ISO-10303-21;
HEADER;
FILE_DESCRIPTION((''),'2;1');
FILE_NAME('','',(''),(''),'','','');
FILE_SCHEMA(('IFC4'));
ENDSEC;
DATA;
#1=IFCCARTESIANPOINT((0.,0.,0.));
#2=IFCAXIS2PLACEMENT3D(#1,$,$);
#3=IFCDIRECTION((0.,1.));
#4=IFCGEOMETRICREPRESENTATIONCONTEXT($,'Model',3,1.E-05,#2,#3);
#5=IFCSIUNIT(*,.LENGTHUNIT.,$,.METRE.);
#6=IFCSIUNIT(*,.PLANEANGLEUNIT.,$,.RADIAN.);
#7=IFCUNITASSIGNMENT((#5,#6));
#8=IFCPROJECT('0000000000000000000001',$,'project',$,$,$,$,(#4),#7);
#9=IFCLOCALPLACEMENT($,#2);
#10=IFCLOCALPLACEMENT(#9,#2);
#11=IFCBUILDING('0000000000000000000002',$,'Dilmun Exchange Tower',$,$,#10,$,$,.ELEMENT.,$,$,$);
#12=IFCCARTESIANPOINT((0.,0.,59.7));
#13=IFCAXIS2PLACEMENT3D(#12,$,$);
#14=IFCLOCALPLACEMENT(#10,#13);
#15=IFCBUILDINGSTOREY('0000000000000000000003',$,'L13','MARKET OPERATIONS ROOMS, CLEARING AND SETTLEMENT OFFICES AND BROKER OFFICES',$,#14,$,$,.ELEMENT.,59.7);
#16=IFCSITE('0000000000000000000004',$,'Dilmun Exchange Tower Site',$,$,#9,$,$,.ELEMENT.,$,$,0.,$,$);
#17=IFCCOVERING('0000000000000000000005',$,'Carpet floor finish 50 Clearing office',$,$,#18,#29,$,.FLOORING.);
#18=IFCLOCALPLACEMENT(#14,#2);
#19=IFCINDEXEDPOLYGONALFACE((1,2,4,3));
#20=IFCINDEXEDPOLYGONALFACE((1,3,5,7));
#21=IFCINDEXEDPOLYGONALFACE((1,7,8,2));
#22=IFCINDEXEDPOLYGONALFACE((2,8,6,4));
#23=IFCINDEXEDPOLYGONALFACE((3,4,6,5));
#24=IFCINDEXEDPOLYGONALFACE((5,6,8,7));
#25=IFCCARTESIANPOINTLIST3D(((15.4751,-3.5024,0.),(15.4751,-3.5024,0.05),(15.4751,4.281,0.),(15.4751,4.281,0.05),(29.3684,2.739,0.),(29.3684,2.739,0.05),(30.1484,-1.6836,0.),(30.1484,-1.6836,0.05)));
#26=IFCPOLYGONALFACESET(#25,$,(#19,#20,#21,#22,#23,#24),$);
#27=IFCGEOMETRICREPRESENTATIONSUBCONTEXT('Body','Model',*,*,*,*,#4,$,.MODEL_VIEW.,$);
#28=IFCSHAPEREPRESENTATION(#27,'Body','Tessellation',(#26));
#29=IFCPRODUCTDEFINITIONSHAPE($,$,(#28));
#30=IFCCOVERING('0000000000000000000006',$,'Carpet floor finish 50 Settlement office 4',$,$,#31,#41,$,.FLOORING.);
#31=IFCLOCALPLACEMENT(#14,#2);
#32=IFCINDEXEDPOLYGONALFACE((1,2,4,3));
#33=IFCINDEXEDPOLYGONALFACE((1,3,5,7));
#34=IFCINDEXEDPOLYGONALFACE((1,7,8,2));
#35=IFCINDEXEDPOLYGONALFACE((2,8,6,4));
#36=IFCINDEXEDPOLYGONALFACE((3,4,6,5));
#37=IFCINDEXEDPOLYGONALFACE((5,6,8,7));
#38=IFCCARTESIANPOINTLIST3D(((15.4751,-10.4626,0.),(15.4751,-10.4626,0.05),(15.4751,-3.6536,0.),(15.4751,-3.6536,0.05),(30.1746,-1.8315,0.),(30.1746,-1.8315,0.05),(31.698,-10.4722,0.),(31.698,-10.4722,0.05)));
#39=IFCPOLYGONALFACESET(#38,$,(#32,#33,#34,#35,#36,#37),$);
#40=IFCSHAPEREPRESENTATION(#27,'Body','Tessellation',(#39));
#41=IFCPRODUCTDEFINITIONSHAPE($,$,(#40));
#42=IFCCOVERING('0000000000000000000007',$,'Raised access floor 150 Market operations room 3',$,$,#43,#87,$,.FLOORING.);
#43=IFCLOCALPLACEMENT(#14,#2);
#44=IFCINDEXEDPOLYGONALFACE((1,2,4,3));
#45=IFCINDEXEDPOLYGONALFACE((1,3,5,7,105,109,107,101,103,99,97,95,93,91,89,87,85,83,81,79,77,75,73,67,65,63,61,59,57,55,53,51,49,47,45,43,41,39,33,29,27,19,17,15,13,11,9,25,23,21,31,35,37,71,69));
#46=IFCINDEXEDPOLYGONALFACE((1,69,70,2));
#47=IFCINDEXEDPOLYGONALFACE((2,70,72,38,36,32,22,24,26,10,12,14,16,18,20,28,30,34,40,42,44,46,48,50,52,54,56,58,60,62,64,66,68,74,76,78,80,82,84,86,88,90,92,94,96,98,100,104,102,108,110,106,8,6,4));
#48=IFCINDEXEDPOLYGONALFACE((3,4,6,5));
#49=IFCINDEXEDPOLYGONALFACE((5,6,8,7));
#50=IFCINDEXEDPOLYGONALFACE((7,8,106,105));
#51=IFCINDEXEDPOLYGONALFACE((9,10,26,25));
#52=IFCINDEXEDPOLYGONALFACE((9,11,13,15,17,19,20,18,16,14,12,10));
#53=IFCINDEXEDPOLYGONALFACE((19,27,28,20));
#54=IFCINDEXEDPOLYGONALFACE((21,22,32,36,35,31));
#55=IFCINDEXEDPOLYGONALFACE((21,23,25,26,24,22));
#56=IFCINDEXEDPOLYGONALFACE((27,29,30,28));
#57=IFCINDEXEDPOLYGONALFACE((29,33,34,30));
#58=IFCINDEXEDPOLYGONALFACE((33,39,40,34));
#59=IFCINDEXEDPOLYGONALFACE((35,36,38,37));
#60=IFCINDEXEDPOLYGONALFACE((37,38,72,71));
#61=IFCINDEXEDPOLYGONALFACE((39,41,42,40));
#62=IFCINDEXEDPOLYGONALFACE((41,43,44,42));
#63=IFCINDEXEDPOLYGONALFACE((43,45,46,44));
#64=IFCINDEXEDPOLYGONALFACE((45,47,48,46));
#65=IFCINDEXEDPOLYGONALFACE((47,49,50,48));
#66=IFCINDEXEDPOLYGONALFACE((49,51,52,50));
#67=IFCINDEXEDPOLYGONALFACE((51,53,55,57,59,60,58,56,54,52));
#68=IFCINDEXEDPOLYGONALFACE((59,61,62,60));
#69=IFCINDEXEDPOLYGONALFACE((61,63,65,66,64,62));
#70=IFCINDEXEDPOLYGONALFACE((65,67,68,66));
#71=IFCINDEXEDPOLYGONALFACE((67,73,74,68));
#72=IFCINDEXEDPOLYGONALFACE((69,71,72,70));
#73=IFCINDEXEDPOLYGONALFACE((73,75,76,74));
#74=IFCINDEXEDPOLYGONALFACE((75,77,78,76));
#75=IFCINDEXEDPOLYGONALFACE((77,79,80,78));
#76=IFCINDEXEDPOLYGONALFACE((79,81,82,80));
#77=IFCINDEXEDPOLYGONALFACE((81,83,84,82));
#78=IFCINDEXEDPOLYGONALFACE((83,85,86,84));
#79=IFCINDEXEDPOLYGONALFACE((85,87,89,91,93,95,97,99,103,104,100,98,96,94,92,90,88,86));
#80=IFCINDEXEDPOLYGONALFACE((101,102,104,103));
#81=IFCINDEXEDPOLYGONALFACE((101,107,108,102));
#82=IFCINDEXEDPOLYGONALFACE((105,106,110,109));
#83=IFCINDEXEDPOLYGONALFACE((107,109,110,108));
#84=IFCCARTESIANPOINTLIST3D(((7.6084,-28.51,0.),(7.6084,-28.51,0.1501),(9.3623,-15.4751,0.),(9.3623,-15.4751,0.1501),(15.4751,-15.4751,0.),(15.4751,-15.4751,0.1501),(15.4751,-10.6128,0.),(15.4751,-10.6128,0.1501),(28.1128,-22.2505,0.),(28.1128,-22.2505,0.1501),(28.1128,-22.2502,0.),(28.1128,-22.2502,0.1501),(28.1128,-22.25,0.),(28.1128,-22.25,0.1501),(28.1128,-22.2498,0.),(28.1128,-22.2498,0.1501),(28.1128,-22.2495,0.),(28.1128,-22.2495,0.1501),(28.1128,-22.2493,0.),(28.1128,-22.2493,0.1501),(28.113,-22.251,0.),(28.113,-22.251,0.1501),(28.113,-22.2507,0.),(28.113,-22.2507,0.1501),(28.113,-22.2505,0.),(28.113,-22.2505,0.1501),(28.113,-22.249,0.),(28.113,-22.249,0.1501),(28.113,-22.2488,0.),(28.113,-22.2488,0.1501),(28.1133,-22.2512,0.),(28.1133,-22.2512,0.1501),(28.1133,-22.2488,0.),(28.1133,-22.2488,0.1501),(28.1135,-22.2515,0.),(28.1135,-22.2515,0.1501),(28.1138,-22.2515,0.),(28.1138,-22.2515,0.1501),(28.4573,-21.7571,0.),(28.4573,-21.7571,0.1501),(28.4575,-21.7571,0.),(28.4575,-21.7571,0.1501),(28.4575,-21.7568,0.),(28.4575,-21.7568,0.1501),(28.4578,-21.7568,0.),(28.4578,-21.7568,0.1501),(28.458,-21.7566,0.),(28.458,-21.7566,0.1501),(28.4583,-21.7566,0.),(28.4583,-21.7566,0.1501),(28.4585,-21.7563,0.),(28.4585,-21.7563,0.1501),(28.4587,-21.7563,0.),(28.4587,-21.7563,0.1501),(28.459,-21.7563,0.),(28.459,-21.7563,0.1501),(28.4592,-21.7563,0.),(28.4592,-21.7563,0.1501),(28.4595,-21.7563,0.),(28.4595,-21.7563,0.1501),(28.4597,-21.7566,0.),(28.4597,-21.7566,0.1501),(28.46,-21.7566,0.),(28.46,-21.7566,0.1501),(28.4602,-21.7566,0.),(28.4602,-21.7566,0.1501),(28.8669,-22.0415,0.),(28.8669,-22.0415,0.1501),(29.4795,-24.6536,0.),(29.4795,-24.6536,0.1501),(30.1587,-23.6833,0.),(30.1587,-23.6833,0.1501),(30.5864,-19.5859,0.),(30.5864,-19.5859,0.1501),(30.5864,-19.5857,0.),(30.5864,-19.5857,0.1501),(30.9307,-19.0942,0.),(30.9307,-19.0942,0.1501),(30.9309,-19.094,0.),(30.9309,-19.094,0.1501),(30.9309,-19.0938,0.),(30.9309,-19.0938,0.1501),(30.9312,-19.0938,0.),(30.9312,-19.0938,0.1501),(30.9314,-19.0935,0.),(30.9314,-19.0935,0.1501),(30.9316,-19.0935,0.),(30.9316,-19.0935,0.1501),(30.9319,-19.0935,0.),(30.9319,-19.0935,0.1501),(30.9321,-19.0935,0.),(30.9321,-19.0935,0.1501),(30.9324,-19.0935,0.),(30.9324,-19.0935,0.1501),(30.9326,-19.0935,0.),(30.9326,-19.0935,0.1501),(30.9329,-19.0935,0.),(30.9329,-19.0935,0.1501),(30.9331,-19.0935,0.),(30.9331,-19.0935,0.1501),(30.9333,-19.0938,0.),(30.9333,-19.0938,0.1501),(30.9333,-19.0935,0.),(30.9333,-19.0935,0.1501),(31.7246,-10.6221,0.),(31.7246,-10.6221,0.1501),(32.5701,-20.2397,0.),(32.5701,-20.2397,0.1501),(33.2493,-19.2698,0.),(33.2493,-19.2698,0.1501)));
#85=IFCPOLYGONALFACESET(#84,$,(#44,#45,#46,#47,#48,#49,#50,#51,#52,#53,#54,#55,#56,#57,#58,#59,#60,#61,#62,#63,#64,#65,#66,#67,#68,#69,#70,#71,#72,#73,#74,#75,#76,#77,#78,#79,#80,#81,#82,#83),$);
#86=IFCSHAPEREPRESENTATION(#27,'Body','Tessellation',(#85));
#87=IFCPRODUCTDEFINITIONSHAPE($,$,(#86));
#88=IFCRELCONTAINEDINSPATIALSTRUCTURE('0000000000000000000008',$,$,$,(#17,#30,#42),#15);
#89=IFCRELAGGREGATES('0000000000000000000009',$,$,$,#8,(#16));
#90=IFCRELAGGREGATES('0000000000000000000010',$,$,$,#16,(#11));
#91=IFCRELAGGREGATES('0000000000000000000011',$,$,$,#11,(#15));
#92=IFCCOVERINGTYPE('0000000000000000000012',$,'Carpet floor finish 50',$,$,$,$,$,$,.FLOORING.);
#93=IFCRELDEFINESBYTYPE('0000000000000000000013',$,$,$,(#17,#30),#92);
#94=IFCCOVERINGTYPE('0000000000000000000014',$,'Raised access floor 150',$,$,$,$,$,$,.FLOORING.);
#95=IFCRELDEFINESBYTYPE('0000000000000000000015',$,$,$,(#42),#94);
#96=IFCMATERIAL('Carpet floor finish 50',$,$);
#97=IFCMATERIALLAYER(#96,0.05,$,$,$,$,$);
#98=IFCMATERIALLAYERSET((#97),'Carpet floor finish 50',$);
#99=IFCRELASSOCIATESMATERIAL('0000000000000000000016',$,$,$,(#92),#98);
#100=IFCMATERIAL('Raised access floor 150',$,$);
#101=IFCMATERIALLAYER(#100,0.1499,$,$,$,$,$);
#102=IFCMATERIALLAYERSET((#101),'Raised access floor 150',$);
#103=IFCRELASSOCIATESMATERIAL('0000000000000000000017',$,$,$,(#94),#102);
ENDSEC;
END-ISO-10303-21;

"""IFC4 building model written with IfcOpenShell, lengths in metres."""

from ifc_helpers import new_model, si_unit, direction, frame, origin, place, context, subcontext, project, spatial, polyline, outline, extrude, material, layer, layer_set, type_object, element, save


model = new_model("IFC4")

# Units and contexts
model_context = context("Model", 3, precision=1e-05, world=origin(), true_north=direction((0.0, 1.0)))
body_context = subcontext(model_context, "Body", "Model", "MODEL_VIEW")
ifc_project = project(units=[si_unit("LENGTHUNIT", "METRE"), si_unit("PLANEANGLEUNIT", "RADIAN")], contexts=[model_context])

# Site, building, storey
site_placement = place(None, origin())
site = spatial("IfcSite", under=ifc_project, at=site_placement, Name="Dilmun Exchange Tower Site", CompositionType="ELEMENT", RefElevation=0.0)
building_placement = place(site_placement, origin())
building = spatial("IfcBuilding", under=site, at=building_placement, Name="Dilmun Exchange Tower", CompositionType="ELEMENT")
storey_placement = place(building_placement, frame((0.0, 0.0, 59.7)))
storey = spatial("IfcBuildingStorey", under=building, at=storey_placement, Name="L13", Description="MARKET OPERATIONS ROOMS, CLEARING AND SETTLEMENT OFFICES AND BROKER OFFICES", CompositionType="ELEMENT", Elevation=59.7)

# Coverings
ifc_material_1 = material(Name="Carpet floor finish 50")
ifc_layer_1 = layer(ifc_material_1, 0.05)
ifc_layer_set_1 = layer_set([ifc_layer_1], Name="Carpet floor finish 50")
covering_type_1 = type_object("IfcCoveringType", Name="Carpet floor finish 50", PredefinedType="FLOORING", material=ifc_layer_set_1)
covering_1_placement = place(storey_placement, origin())
element("IfcCovering", 1, at=covering_1_placement, inside=storey, type_object=covering_type_1, Name="Carpet floor finish 50 Clearing office", PredefinedType="FLOORING", context=body_context, shape_type="SweptSolid", body=[
    extrude(outline(polyline([(15.4751, -3.5024), (15.4751, 4.281), (29.3684, 2.739), (30.1484, -1.6836), (15.4751, -3.5024)])), origin(), (0.0, 0.0, 1.0), 0.05),
])
covering_2_placement = place(storey_placement, origin())
element("IfcCovering", 2, at=covering_2_placement, inside=storey, type_object=covering_type_1, Name="Carpet floor finish 50 Settlement office 4", PredefinedType="FLOORING", context=body_context, shape_type="SweptSolid", body=[
    extrude(outline(polyline([(15.4751, -10.4626), (15.4751, -3.6536), (30.1746, -1.8315), (31.698, -10.4722), (15.4751, -10.4626)])), origin(), (0.0, 0.0, 1.0), 0.05),
])
ifc_material_2 = material(Name="Raised access floor 150")
ifc_layer_2 = layer(ifc_material_2, 0.1499)
ifc_layer_set_2 = layer_set([ifc_layer_2], Name="Raised access floor 150")
covering_type_2 = type_object("IfcCoveringType", Name="Raised access floor 150", PredefinedType="FLOORING", material=ifc_layer_set_2)
covering_3_placement = place(storey_placement, origin())
element("IfcCovering", 3, at=covering_3_placement, inside=storey, type_object=covering_type_2, Name="Raised access floor 150 Market operations room 3", PredefinedType="FLOORING", context=body_context, shape_type="SweptSolid", body=[
    extrude(outline(polyline([(9.3623, -15.4751), (15.4751, -15.4751), (15.4751, -10.6128), (31.7246, -10.6221), (33.2493, -19.2698), (32.5701, -20.2397), (30.9333, -19.0938), (30.9333, -19.0935), (30.9331, -19.0935), (30.9329, -19.0935), (30.9326, -19.0935), (30.9326, -19.0935), (30.9324, -19.0935), (30.9321, -19.0935), (30.9319, -19.0935), (30.9316, -19.0935), (30.9316, -19.0935), (30.9314, -19.0935), (30.9312, -19.0938), (30.9309, -19.0938), (30.9309, -19.094), (30.9309, -19.094), (30.9307, -19.0942), (30.5864, -19.5857), (30.5864, -19.5859), (30.5864, -19.5859), (28.8669, -22.0415), (28.4602, -21.7566), (28.46, -21.7566), (28.4597, -21.7566), (28.4597, -21.7566), (28.4595, -21.7563), (28.4592, -21.7563), (28.459, -21.7563), (28.4587, -21.7563), (28.4585, -21.7563), (28.4585, -21.7563), (28.4583, -21.7566), (28.458, -21.7566), (28.458, -21.7566), (28.4578, -21.7568), (28.4575, -21.7568), (28.4575, -21.7571), (28.4573, -21.7571), (28.1133, -22.2488), (28.113, -22.2488), (28.113, -22.249), (28.1128, -22.2493), (28.1128, -22.2495), (28.1128, -22.2495), (28.1128, -22.2498), (28.1128, -22.25), (28.1128, -22.2502), (28.1128, -22.2505), (28.113, -22.2505), (28.113, -22.2507), (28.113, -22.251), (28.1133, -22.2512), (28.1133, -22.2512), (28.1135, -22.2515), (28.1138, -22.2515), (30.1587, -23.6833), (29.4795, -24.6536), (7.6084, -28.51), (9.3623, -15.4751)])), origin(), (0.0, 0.0, 1.0), 0.1501),
])

save(model, "model.ifc")
